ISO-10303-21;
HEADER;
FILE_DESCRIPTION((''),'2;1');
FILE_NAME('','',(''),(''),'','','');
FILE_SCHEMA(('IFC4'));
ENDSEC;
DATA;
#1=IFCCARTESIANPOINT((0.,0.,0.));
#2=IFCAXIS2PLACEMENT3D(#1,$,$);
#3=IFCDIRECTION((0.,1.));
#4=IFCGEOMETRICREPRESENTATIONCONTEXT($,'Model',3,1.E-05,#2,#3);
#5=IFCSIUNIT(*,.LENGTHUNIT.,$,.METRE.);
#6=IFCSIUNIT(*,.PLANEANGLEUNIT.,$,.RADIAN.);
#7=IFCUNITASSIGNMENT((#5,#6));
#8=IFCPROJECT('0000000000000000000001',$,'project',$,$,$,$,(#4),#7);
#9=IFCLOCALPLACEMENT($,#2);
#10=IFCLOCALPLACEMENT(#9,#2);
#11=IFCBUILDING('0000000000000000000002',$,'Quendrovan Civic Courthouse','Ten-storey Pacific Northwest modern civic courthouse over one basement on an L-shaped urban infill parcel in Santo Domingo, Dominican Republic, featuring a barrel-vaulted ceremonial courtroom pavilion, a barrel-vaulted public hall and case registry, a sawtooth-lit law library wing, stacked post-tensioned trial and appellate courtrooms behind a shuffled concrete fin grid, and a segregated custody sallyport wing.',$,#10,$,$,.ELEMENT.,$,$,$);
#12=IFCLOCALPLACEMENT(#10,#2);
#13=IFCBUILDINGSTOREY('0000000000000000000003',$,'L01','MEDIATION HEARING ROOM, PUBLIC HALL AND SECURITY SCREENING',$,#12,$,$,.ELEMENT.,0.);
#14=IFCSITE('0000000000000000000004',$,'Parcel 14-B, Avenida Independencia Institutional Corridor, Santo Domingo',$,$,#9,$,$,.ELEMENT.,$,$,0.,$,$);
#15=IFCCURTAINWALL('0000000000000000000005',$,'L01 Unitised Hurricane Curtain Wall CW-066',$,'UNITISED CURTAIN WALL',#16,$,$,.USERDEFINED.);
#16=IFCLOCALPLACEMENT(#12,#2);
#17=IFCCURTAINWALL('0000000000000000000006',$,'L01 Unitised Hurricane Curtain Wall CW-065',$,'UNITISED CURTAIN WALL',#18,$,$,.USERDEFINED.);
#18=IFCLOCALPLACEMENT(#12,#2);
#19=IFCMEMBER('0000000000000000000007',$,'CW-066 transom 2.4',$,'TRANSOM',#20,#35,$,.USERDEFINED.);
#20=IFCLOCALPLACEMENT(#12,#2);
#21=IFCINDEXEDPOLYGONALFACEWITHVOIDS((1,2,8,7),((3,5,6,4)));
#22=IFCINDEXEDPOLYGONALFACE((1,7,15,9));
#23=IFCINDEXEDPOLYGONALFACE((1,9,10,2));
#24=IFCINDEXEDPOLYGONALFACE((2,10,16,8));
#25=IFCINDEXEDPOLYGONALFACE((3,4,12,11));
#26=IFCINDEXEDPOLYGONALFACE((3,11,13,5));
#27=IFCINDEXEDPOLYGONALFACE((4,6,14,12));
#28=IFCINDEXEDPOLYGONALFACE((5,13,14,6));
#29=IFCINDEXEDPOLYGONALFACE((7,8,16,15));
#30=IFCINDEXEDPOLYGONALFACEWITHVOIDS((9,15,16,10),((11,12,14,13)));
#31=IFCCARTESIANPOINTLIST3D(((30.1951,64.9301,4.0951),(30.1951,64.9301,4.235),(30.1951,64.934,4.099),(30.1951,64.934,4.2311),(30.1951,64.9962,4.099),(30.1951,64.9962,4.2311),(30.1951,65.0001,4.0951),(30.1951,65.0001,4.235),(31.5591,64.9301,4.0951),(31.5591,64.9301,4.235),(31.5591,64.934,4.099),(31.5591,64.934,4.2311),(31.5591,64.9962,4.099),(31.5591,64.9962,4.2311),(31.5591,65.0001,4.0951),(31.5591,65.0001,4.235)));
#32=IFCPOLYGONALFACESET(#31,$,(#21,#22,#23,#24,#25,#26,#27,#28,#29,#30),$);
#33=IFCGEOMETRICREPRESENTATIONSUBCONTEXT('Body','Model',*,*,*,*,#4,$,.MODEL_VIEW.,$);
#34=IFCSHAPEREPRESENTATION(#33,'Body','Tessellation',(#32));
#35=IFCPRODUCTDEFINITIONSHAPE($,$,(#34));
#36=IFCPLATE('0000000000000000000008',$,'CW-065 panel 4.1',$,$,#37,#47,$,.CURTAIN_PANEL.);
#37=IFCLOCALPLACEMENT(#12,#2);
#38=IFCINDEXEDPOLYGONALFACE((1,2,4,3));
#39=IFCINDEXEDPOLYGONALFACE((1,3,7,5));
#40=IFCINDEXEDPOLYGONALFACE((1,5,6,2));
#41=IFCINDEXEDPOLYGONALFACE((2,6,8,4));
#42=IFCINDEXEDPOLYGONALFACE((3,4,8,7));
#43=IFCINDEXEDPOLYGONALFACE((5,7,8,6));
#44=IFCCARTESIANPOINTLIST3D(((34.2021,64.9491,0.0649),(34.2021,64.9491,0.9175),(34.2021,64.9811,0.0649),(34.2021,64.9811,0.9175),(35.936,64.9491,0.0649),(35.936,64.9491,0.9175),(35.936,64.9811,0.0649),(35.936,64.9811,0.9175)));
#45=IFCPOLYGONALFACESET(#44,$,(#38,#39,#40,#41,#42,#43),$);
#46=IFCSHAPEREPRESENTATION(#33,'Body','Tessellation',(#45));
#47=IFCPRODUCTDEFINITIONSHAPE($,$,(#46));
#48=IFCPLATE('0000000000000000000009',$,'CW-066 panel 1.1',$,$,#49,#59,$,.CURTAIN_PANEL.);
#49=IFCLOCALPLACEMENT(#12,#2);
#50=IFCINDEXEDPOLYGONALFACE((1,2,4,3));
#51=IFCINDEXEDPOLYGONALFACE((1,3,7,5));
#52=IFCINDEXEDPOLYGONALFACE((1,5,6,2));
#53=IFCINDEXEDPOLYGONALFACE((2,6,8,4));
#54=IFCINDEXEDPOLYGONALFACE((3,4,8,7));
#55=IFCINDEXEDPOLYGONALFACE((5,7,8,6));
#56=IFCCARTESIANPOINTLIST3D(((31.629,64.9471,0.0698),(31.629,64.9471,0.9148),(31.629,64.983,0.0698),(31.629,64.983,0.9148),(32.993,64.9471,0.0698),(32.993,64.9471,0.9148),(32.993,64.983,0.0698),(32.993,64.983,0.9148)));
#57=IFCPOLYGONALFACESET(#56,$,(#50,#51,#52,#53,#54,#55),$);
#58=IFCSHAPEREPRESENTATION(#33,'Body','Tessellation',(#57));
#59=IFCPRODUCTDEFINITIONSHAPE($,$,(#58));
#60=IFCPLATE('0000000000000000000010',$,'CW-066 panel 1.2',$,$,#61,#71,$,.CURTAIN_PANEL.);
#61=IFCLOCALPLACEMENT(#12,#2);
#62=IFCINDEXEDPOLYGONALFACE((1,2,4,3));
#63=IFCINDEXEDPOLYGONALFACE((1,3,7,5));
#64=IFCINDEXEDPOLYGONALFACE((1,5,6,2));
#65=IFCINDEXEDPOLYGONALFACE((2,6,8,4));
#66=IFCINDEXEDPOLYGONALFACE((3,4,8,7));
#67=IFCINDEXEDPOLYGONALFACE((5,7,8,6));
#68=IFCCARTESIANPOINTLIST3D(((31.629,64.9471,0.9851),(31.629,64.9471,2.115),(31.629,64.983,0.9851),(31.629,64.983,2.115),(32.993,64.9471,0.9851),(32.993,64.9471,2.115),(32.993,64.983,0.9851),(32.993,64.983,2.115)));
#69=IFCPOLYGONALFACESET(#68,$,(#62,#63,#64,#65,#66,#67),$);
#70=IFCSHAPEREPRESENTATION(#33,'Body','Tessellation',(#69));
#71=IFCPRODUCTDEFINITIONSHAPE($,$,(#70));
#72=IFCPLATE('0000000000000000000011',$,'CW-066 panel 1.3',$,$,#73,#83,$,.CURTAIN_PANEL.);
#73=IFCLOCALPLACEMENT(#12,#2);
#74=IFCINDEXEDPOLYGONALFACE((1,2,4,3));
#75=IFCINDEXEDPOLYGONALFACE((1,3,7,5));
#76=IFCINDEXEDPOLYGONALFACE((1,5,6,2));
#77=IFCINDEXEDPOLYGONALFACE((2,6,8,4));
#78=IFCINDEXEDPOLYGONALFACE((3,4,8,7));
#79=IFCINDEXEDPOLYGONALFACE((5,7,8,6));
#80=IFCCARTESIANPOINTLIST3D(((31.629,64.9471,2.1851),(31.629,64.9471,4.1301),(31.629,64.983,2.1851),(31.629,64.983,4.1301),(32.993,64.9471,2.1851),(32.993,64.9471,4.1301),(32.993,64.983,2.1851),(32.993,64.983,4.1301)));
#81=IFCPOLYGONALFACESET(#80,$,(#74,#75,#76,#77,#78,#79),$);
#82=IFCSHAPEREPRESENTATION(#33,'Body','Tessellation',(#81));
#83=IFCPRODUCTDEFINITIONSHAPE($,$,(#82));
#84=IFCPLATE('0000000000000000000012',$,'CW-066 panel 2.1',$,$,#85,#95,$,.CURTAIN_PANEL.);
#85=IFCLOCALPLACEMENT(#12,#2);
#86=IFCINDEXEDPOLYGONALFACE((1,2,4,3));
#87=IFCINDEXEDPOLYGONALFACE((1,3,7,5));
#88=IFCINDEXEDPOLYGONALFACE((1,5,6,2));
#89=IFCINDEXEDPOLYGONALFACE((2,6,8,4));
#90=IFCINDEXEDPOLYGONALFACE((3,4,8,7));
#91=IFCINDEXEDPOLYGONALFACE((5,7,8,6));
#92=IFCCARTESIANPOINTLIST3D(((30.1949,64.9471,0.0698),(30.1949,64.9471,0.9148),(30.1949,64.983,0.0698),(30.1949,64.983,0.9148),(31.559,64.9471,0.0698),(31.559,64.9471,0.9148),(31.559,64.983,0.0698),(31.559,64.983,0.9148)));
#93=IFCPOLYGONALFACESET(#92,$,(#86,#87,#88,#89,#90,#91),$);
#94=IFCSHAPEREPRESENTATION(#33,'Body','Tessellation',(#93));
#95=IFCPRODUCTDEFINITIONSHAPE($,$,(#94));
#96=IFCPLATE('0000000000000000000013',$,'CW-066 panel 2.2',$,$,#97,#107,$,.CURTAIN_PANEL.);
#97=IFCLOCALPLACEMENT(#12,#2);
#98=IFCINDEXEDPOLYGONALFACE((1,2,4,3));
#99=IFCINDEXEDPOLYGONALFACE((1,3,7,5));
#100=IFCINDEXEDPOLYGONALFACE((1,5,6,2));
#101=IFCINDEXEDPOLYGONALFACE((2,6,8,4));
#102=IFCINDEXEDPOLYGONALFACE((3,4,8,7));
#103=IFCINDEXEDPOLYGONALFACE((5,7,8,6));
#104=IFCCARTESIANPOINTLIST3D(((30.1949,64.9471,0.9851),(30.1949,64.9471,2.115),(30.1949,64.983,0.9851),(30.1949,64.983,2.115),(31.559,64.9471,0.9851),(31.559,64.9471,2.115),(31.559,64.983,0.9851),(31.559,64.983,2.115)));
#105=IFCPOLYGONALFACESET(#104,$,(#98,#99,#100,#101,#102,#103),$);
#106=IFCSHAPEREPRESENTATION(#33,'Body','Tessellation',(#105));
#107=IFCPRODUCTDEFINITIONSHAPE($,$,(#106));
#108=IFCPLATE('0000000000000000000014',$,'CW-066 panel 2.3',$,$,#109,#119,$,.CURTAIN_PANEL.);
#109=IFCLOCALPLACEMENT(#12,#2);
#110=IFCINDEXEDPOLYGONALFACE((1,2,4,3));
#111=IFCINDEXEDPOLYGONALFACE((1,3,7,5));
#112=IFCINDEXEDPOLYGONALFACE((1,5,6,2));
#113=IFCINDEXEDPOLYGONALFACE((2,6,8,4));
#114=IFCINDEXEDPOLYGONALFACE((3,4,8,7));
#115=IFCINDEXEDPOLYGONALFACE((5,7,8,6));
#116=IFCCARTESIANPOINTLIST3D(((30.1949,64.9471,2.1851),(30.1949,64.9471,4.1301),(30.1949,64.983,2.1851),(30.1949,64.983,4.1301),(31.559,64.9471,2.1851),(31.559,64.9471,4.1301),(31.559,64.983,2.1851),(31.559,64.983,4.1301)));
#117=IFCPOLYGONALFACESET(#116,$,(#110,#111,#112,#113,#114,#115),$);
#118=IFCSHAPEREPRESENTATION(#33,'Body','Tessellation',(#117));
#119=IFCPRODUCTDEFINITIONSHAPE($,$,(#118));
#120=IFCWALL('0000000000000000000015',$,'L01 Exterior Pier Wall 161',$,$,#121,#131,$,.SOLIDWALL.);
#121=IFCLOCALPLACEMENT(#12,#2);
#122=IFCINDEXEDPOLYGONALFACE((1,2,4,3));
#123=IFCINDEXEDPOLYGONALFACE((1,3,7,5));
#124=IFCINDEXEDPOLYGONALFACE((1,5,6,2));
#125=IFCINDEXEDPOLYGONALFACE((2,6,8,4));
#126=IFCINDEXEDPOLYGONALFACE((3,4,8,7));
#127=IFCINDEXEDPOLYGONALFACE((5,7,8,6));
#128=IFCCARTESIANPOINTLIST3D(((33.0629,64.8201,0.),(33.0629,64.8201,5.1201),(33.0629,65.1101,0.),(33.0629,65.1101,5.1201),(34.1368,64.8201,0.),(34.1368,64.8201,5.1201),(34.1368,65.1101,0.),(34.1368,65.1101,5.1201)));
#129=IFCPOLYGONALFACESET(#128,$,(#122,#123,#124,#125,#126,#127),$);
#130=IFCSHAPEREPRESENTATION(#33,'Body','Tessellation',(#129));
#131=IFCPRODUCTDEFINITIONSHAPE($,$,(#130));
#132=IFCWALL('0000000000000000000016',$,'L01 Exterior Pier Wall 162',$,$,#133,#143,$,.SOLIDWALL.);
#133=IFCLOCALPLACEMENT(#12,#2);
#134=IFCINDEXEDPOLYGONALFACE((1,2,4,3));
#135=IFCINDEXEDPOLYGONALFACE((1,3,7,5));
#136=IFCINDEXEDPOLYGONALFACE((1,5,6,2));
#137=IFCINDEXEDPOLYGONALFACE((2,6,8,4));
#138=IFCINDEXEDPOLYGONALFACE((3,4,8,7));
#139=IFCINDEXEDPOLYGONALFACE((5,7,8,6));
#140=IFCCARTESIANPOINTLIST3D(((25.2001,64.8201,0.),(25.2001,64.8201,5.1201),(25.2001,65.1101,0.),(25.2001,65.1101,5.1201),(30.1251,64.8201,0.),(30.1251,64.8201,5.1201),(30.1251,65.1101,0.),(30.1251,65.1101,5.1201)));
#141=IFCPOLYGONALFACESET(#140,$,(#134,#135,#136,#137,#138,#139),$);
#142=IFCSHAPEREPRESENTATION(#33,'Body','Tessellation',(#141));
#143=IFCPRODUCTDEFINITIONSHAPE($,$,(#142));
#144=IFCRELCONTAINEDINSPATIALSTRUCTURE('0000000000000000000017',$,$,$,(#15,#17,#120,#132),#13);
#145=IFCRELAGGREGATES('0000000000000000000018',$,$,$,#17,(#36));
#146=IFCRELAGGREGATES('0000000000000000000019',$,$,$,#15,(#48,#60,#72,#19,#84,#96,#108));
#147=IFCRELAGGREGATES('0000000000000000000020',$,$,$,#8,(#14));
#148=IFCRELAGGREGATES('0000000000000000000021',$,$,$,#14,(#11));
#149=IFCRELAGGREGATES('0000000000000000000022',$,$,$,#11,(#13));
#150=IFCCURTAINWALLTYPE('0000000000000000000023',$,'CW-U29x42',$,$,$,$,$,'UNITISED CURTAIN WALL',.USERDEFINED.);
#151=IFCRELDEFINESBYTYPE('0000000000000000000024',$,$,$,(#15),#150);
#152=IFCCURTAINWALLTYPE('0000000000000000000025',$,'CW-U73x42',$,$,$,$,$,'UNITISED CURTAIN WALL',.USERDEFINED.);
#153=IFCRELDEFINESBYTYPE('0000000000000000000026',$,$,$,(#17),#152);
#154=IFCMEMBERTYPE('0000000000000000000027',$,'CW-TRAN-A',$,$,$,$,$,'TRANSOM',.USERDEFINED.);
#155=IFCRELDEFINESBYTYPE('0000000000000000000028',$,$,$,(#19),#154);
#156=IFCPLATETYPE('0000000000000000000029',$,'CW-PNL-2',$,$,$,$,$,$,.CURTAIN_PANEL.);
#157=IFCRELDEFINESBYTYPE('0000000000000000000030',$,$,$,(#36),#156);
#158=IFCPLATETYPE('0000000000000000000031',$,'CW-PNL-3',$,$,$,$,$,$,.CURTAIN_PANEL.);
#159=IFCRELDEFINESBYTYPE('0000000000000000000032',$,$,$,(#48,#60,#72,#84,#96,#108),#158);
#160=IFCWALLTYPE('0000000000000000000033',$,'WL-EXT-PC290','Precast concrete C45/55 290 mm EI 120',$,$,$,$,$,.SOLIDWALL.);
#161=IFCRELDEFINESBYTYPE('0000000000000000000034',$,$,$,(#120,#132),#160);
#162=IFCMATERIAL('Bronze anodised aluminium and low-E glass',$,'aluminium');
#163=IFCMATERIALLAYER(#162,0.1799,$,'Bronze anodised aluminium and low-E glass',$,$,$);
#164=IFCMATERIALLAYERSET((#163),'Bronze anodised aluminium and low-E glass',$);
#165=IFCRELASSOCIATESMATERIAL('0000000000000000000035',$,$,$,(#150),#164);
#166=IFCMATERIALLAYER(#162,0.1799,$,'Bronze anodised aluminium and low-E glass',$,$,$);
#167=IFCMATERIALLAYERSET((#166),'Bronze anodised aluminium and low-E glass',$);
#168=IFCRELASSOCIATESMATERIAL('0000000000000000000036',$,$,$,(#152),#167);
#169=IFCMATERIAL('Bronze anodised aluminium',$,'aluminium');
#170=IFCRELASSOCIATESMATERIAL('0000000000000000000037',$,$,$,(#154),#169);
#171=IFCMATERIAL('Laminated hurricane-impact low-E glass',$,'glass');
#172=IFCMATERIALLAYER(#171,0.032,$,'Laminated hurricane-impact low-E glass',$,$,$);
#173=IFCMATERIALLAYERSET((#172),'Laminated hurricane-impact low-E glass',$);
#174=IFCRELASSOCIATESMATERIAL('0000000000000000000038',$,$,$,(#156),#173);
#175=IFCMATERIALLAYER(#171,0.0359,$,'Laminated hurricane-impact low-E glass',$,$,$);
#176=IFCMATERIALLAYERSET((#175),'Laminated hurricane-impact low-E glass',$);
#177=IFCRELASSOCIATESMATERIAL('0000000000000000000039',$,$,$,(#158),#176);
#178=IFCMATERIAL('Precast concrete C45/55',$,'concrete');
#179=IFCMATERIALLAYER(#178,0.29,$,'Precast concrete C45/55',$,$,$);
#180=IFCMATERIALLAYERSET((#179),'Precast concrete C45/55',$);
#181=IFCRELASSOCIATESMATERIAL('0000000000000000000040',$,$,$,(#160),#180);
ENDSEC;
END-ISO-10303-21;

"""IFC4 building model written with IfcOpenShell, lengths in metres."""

from ifc_helpers import new_model, si_unit, direction, frame, frame_2d, origin, origin_2d, place, context, subcontext, project, spatial, rectangle, hollow_rectangle, extrude, material, layer, layer_set, material_profile, profile_set, type_object, element, aggregate, save


model = new_model("IFC4")

# Units and contexts
model_context = context("Model", 3, precision=1e-05, world=origin(), true_north=direction((0.0, 1.0)))
body_context = subcontext(model_context, "Body", "Model", "MODEL_VIEW")
ifc_project = project(units=[si_unit("LENGTHUNIT", "METRE"), si_unit("PLANEANGLEUNIT", "RADIAN")], contexts=[model_context])

# Site, building, storey
site_placement = place(None, origin())
site = spatial("IfcSite", under=ifc_project, at=site_placement, Name="Parcel 14-B, Avenida Independencia Institutional Corridor, Santo Domingo", CompositionType="ELEMENT", RefElevation=0.0)
building_placement = place(site_placement, origin())
building = spatial("IfcBuilding", under=site, at=building_placement, Name="Quendrovan Civic Courthouse", Description="Ten-storey Pacific Northwest modern civic courthouse over one basement on an L-shaped urban infill parcel in Santo Domingo, Dominican Republic, featuring a barrel-vaulted ceremonial courtroom pavilion, a barrel-vaulted public hall and case registry, a sawtooth-lit law library wing, stacked post-tensioned trial and appellate courtrooms behind a shuffled concrete fin grid, and a segregated custody sallyport wing.", CompositionType="ELEMENT")
storey_placement = place(building_placement, origin())
storey = spatial("IfcBuildingStorey", under=building, at=storey_placement, Name="L01", Description="MEDIATION HEARING ROOM, PUBLIC HALL AND SECURITY SCREENING", CompositionType="ELEMENT", Elevation=0.0)

# Curtain wall
ifc_material_1 = material(Name="Bronze anodised aluminium and low-E glass", Category="aluminium")
ifc_layer_1 = layer(ifc_material_1, 0.1799, Name="Bronze anodised aluminium and low-E glass")
ifc_layer_set_1 = layer_set([ifc_layer_1], Name="Bronze anodised aluminium and low-E glass")
curtain_wall_type_1 = type_object("IfcCurtainWallType", Name="CW-U29x42", ElementType="UNITISED CURTAIN WALL", PredefinedType="USERDEFINED", material=ifc_layer_set_1)
curtain_wall_1_placement = place(storey_placement, origin())
curtain_wall_1 = element("IfcCurtainWall", 1, at=curtain_wall_1_placement, inside=storey, type_object=curtain_wall_type_1, Name="L01 Unitised Hurricane Curtain Wall CW-066", ObjectType="UNITISED CURTAIN WALL", PredefinedType="USERDEFINED")
ifc_material_2 = material(Name="Bronze anodised aluminium", Category="aluminium")

# Curtain wall
ifc_layer_2 = layer(ifc_material_1, 0.1799, Name="Bronze anodised aluminium and low-E glass")
ifc_layer_set_2 = layer_set([ifc_layer_2], Name="Bronze anodised aluminium and low-E glass")
curtain_wall_type_2 = type_object("IfcCurtainWallType", Name="CW-U73x42", ElementType="UNITISED CURTAIN WALL", PredefinedType="USERDEFINED", material=ifc_layer_set_2)
curtain_wall_2_placement = place(storey_placement, origin())
curtain_wall_2 = element("IfcCurtainWall", 2, at=curtain_wall_2_placement, inside=storey, type_object=curtain_wall_type_2, Name="L01 Unitised Hurricane Curtain Wall CW-065", ObjectType="UNITISED CURTAIN WALL", PredefinedType="USERDEFINED")

# Member
ifc_material_profile_1 = material_profile(ifc_material_2, hollow_rectangle(XDim=0.0701, YDim=0.1399, WallThickness=0.0039, at=origin_2d()), Name="CW-TRAN-70x140")
ifc_profile_set_1 = profile_set([ifc_material_profile_1], Name="Bronze anodised aluminium")
member_type_1 = type_object("IfcMemberType", Name="CW-TRAN-A", ElementType="TRANSOM", PredefinedType="USERDEFINED", material=ifc_profile_set_1)
member_1_placement = place(storey_placement, frame((31.5591, 64.9651, 4.165), z_axis=(-1.0, 0.0, 0.0), x_axis=(0.0, -1.0, 0.0)))
member_1 = element("IfcMember", 3, at=member_1_placement, type_object=member_type_1, Name="CW-066 transom 2.4", ObjectType="TRANSOM", PredefinedType="USERDEFINED", context=body_context, shape_type="SweptSolid", body=[
    extrude(hollow_rectangle(XDim=0.0701, YDim=0.1399, WallThickness=0.0039, at=origin_2d()), origin(), (0.0, 0.0, 1.0), 1.364),
])

# Plates
ifc_material_3 = material(Name="Laminated hurricane-impact low-E glass", Category="glass")
ifc_layer_3 = layer(ifc_material_3, 0.032, Name="Laminated hurricane-impact low-E glass")
ifc_layer_set_3 = layer_set([ifc_layer_3], Name="Laminated hurricane-impact low-E glass")
plate_type_1 = type_object("IfcPlateType", Name="CW-PNL-2", PredefinedType="CURTAIN_PANEL", material=ifc_layer_set_3)
plate_1_placement = place(storey_placement, frame((35.0691, 64.9651, 0.0649), z_axis=(0.0, 0.0, 1.0), x_axis=(-1.0, 0.0, 0.0)))
plate_1 = element("IfcPlate", 4, at=plate_1_placement, type_object=plate_type_1, Name="CW-065 panel 4.1", PredefinedType="CURTAIN_PANEL", context=body_context, shape_type="SweptSolid", body=[
    extrude(rectangle(XDim=1.7339, YDim=0.032, at=origin_2d()), origin(), (0.0, 0.0, 1.0), 0.8525),
])
aggregate(curtain_wall_2, [plate_1])
ifc_layer_4 = layer(ifc_material_3, 0.0359, Name="Laminated hurricane-impact low-E glass")
ifc_layer_set_4 = layer_set([ifc_layer_4], Name="Laminated hurricane-impact low-E glass")
plate_type_2 = type_object("IfcPlateType", Name="CW-PNL-3", PredefinedType="CURTAIN_PANEL", material=ifc_layer_set_4)
plate_2_placement = place(storey_placement, frame((32.311, 64.9651, 0.0698), z_axis=(0.0, 0.0, 1.0), x_axis=(-1.0, 0.0, 0.0)))
plate_2 = element("IfcPlate", 5, at=plate_2_placement, type_object=plate_type_2, Name="CW-066 panel 1.1", PredefinedType="CURTAIN_PANEL", context=body_context, shape_type="SweptSolid", body=[
    extrude(rectangle(XDim=1.364, YDim=0.0359, at=origin_2d()), origin(), (0.0, 0.0, 1.0), 0.845),
])
plate_3_placement = place(storey_placement, frame((32.311, 64.9651, 0.9851), z_axis=(0.0, 0.0, 1.0), x_axis=(-1.0, 0.0, 0.0)))
plate_3 = element("IfcPlate", 6, at=plate_3_placement, type_object=plate_type_2, Name="CW-066 panel 1.2", PredefinedType="CURTAIN_PANEL", context=body_context, shape_type="SweptSolid", body=[
    extrude(rectangle(XDim=1.364, YDim=0.0359, at=origin_2d()), origin(), (0.0, 0.0, 1.0), 1.1299),
])
plate_4_placement = place(storey_placement, frame((32.311, 64.9651, 2.1851), z_axis=(0.0, 0.0, 1.0), x_axis=(-1.0, 0.0, 0.0)))
plate_4 = element("IfcPlate", 7, at=plate_4_placement, type_object=plate_type_2, Name="CW-066 panel 1.3", PredefinedType="CURTAIN_PANEL", context=body_context, shape_type="SweptSolid", body=[
    extrude(rectangle(XDim=1.364, YDim=0.0359, at=origin_2d()), origin(), (0.0, 0.0, 1.0), 1.9451),
])
plate_5_placement = place(storey_placement, frame((30.877, 64.9651, 0.0698), z_axis=(0.0, 0.0, 1.0), x_axis=(-1.0, 0.0, 0.0)))
plate_5 = element("IfcPlate", 8, at=plate_5_placement, type_object=plate_type_2, Name="CW-066 panel 2.1", PredefinedType="CURTAIN_PANEL", context=body_context, shape_type="SweptSolid", body=[
    extrude(rectangle(XDim=1.364, YDim=0.0359, at=origin_2d()), origin(), (0.0, 0.0, 1.0), 0.845),
])
plate_6_placement = place(storey_placement, frame((30.877, 64.9651, 0.9851), z_axis=(0.0, 0.0, 1.0), x_axis=(-1.0, 0.0, 0.0)))
plate_6 = element("IfcPlate", 9, at=plate_6_placement, type_object=plate_type_2, Name="CW-066 panel 2.2", PredefinedType="CURTAIN_PANEL", context=body_context, shape_type="SweptSolid", body=[
    extrude(rectangle(XDim=1.364, YDim=0.0359, at=origin_2d()), origin(), (0.0, 0.0, 1.0), 1.1299),
])
plate_7_placement = place(storey_placement, frame((30.877, 64.9651, 2.1851), z_axis=(0.0, 0.0, 1.0), x_axis=(-1.0, 0.0, 0.0)))
plate_7 = element("IfcPlate", 10, at=plate_7_placement, type_object=plate_type_2, Name="CW-066 panel 2.3", PredefinedType="CURTAIN_PANEL", context=body_context, shape_type="SweptSolid", body=[
    extrude(rectangle(XDim=1.364, YDim=0.0359, at=origin_2d()), origin(), (0.0, 0.0, 1.0), 1.9451),
])
aggregate(curtain_wall_1, [plate_2, plate_3, plate_4, member_1, plate_5, plate_6, plate_7])

# Walls
ifc_material_4 = material(Name="Precast concrete C45/55", Category="concrete")
ifc_layer_5 = layer(ifc_material_4, 0.29, Name="Precast concrete C45/55")
ifc_layer_set_5 = layer_set([ifc_layer_5], Name="Precast concrete C45/55")
wall_type = type_object("IfcWallType", Name="WL-EXT-PC290", Description="Precast concrete C45/55 290 mm EI 120", PredefinedType="SOLIDWALL", material=ifc_layer_set_5)
wall_1_placement = place(storey_placement, frame((34.137, 64.9651, 0.0), z_axis=(0.0, 0.0, 1.0), x_axis=(-1.0, 0.0, 0.0)))
element("IfcWall", 11, at=wall_1_placement, inside=storey, type_object=wall_type, Name="L01 Exterior Pier Wall 161", PredefinedType="SOLIDWALL", context=body_context, shape_type="SweptSolid", body=[
    extrude(rectangle(XDim=1.074, YDim=0.29, at=frame_2d((0.5371, 0.0))), origin(), (0.0, 0.0, 1.0), 5.1201),
])
wall_2_placement = place(storey_placement, frame((30.125, 64.9651, 0.0), z_axis=(0.0, 0.0, 1.0), x_axis=(-1.0, 0.0, 0.0)))
element("IfcWall", 12, at=wall_2_placement, inside=storey, type_object=wall_type, Name="L01 Exterior Pier Wall 162", PredefinedType="SOLIDWALL", context=body_context, shape_type="SweptSolid", body=[
    extrude(rectangle(XDim=4.925, YDim=0.29, at=frame_2d((2.4624, 0.0))), origin(), (0.0, 0.0, 1.0), 5.1201),
])

save(model, "model.ifc")
